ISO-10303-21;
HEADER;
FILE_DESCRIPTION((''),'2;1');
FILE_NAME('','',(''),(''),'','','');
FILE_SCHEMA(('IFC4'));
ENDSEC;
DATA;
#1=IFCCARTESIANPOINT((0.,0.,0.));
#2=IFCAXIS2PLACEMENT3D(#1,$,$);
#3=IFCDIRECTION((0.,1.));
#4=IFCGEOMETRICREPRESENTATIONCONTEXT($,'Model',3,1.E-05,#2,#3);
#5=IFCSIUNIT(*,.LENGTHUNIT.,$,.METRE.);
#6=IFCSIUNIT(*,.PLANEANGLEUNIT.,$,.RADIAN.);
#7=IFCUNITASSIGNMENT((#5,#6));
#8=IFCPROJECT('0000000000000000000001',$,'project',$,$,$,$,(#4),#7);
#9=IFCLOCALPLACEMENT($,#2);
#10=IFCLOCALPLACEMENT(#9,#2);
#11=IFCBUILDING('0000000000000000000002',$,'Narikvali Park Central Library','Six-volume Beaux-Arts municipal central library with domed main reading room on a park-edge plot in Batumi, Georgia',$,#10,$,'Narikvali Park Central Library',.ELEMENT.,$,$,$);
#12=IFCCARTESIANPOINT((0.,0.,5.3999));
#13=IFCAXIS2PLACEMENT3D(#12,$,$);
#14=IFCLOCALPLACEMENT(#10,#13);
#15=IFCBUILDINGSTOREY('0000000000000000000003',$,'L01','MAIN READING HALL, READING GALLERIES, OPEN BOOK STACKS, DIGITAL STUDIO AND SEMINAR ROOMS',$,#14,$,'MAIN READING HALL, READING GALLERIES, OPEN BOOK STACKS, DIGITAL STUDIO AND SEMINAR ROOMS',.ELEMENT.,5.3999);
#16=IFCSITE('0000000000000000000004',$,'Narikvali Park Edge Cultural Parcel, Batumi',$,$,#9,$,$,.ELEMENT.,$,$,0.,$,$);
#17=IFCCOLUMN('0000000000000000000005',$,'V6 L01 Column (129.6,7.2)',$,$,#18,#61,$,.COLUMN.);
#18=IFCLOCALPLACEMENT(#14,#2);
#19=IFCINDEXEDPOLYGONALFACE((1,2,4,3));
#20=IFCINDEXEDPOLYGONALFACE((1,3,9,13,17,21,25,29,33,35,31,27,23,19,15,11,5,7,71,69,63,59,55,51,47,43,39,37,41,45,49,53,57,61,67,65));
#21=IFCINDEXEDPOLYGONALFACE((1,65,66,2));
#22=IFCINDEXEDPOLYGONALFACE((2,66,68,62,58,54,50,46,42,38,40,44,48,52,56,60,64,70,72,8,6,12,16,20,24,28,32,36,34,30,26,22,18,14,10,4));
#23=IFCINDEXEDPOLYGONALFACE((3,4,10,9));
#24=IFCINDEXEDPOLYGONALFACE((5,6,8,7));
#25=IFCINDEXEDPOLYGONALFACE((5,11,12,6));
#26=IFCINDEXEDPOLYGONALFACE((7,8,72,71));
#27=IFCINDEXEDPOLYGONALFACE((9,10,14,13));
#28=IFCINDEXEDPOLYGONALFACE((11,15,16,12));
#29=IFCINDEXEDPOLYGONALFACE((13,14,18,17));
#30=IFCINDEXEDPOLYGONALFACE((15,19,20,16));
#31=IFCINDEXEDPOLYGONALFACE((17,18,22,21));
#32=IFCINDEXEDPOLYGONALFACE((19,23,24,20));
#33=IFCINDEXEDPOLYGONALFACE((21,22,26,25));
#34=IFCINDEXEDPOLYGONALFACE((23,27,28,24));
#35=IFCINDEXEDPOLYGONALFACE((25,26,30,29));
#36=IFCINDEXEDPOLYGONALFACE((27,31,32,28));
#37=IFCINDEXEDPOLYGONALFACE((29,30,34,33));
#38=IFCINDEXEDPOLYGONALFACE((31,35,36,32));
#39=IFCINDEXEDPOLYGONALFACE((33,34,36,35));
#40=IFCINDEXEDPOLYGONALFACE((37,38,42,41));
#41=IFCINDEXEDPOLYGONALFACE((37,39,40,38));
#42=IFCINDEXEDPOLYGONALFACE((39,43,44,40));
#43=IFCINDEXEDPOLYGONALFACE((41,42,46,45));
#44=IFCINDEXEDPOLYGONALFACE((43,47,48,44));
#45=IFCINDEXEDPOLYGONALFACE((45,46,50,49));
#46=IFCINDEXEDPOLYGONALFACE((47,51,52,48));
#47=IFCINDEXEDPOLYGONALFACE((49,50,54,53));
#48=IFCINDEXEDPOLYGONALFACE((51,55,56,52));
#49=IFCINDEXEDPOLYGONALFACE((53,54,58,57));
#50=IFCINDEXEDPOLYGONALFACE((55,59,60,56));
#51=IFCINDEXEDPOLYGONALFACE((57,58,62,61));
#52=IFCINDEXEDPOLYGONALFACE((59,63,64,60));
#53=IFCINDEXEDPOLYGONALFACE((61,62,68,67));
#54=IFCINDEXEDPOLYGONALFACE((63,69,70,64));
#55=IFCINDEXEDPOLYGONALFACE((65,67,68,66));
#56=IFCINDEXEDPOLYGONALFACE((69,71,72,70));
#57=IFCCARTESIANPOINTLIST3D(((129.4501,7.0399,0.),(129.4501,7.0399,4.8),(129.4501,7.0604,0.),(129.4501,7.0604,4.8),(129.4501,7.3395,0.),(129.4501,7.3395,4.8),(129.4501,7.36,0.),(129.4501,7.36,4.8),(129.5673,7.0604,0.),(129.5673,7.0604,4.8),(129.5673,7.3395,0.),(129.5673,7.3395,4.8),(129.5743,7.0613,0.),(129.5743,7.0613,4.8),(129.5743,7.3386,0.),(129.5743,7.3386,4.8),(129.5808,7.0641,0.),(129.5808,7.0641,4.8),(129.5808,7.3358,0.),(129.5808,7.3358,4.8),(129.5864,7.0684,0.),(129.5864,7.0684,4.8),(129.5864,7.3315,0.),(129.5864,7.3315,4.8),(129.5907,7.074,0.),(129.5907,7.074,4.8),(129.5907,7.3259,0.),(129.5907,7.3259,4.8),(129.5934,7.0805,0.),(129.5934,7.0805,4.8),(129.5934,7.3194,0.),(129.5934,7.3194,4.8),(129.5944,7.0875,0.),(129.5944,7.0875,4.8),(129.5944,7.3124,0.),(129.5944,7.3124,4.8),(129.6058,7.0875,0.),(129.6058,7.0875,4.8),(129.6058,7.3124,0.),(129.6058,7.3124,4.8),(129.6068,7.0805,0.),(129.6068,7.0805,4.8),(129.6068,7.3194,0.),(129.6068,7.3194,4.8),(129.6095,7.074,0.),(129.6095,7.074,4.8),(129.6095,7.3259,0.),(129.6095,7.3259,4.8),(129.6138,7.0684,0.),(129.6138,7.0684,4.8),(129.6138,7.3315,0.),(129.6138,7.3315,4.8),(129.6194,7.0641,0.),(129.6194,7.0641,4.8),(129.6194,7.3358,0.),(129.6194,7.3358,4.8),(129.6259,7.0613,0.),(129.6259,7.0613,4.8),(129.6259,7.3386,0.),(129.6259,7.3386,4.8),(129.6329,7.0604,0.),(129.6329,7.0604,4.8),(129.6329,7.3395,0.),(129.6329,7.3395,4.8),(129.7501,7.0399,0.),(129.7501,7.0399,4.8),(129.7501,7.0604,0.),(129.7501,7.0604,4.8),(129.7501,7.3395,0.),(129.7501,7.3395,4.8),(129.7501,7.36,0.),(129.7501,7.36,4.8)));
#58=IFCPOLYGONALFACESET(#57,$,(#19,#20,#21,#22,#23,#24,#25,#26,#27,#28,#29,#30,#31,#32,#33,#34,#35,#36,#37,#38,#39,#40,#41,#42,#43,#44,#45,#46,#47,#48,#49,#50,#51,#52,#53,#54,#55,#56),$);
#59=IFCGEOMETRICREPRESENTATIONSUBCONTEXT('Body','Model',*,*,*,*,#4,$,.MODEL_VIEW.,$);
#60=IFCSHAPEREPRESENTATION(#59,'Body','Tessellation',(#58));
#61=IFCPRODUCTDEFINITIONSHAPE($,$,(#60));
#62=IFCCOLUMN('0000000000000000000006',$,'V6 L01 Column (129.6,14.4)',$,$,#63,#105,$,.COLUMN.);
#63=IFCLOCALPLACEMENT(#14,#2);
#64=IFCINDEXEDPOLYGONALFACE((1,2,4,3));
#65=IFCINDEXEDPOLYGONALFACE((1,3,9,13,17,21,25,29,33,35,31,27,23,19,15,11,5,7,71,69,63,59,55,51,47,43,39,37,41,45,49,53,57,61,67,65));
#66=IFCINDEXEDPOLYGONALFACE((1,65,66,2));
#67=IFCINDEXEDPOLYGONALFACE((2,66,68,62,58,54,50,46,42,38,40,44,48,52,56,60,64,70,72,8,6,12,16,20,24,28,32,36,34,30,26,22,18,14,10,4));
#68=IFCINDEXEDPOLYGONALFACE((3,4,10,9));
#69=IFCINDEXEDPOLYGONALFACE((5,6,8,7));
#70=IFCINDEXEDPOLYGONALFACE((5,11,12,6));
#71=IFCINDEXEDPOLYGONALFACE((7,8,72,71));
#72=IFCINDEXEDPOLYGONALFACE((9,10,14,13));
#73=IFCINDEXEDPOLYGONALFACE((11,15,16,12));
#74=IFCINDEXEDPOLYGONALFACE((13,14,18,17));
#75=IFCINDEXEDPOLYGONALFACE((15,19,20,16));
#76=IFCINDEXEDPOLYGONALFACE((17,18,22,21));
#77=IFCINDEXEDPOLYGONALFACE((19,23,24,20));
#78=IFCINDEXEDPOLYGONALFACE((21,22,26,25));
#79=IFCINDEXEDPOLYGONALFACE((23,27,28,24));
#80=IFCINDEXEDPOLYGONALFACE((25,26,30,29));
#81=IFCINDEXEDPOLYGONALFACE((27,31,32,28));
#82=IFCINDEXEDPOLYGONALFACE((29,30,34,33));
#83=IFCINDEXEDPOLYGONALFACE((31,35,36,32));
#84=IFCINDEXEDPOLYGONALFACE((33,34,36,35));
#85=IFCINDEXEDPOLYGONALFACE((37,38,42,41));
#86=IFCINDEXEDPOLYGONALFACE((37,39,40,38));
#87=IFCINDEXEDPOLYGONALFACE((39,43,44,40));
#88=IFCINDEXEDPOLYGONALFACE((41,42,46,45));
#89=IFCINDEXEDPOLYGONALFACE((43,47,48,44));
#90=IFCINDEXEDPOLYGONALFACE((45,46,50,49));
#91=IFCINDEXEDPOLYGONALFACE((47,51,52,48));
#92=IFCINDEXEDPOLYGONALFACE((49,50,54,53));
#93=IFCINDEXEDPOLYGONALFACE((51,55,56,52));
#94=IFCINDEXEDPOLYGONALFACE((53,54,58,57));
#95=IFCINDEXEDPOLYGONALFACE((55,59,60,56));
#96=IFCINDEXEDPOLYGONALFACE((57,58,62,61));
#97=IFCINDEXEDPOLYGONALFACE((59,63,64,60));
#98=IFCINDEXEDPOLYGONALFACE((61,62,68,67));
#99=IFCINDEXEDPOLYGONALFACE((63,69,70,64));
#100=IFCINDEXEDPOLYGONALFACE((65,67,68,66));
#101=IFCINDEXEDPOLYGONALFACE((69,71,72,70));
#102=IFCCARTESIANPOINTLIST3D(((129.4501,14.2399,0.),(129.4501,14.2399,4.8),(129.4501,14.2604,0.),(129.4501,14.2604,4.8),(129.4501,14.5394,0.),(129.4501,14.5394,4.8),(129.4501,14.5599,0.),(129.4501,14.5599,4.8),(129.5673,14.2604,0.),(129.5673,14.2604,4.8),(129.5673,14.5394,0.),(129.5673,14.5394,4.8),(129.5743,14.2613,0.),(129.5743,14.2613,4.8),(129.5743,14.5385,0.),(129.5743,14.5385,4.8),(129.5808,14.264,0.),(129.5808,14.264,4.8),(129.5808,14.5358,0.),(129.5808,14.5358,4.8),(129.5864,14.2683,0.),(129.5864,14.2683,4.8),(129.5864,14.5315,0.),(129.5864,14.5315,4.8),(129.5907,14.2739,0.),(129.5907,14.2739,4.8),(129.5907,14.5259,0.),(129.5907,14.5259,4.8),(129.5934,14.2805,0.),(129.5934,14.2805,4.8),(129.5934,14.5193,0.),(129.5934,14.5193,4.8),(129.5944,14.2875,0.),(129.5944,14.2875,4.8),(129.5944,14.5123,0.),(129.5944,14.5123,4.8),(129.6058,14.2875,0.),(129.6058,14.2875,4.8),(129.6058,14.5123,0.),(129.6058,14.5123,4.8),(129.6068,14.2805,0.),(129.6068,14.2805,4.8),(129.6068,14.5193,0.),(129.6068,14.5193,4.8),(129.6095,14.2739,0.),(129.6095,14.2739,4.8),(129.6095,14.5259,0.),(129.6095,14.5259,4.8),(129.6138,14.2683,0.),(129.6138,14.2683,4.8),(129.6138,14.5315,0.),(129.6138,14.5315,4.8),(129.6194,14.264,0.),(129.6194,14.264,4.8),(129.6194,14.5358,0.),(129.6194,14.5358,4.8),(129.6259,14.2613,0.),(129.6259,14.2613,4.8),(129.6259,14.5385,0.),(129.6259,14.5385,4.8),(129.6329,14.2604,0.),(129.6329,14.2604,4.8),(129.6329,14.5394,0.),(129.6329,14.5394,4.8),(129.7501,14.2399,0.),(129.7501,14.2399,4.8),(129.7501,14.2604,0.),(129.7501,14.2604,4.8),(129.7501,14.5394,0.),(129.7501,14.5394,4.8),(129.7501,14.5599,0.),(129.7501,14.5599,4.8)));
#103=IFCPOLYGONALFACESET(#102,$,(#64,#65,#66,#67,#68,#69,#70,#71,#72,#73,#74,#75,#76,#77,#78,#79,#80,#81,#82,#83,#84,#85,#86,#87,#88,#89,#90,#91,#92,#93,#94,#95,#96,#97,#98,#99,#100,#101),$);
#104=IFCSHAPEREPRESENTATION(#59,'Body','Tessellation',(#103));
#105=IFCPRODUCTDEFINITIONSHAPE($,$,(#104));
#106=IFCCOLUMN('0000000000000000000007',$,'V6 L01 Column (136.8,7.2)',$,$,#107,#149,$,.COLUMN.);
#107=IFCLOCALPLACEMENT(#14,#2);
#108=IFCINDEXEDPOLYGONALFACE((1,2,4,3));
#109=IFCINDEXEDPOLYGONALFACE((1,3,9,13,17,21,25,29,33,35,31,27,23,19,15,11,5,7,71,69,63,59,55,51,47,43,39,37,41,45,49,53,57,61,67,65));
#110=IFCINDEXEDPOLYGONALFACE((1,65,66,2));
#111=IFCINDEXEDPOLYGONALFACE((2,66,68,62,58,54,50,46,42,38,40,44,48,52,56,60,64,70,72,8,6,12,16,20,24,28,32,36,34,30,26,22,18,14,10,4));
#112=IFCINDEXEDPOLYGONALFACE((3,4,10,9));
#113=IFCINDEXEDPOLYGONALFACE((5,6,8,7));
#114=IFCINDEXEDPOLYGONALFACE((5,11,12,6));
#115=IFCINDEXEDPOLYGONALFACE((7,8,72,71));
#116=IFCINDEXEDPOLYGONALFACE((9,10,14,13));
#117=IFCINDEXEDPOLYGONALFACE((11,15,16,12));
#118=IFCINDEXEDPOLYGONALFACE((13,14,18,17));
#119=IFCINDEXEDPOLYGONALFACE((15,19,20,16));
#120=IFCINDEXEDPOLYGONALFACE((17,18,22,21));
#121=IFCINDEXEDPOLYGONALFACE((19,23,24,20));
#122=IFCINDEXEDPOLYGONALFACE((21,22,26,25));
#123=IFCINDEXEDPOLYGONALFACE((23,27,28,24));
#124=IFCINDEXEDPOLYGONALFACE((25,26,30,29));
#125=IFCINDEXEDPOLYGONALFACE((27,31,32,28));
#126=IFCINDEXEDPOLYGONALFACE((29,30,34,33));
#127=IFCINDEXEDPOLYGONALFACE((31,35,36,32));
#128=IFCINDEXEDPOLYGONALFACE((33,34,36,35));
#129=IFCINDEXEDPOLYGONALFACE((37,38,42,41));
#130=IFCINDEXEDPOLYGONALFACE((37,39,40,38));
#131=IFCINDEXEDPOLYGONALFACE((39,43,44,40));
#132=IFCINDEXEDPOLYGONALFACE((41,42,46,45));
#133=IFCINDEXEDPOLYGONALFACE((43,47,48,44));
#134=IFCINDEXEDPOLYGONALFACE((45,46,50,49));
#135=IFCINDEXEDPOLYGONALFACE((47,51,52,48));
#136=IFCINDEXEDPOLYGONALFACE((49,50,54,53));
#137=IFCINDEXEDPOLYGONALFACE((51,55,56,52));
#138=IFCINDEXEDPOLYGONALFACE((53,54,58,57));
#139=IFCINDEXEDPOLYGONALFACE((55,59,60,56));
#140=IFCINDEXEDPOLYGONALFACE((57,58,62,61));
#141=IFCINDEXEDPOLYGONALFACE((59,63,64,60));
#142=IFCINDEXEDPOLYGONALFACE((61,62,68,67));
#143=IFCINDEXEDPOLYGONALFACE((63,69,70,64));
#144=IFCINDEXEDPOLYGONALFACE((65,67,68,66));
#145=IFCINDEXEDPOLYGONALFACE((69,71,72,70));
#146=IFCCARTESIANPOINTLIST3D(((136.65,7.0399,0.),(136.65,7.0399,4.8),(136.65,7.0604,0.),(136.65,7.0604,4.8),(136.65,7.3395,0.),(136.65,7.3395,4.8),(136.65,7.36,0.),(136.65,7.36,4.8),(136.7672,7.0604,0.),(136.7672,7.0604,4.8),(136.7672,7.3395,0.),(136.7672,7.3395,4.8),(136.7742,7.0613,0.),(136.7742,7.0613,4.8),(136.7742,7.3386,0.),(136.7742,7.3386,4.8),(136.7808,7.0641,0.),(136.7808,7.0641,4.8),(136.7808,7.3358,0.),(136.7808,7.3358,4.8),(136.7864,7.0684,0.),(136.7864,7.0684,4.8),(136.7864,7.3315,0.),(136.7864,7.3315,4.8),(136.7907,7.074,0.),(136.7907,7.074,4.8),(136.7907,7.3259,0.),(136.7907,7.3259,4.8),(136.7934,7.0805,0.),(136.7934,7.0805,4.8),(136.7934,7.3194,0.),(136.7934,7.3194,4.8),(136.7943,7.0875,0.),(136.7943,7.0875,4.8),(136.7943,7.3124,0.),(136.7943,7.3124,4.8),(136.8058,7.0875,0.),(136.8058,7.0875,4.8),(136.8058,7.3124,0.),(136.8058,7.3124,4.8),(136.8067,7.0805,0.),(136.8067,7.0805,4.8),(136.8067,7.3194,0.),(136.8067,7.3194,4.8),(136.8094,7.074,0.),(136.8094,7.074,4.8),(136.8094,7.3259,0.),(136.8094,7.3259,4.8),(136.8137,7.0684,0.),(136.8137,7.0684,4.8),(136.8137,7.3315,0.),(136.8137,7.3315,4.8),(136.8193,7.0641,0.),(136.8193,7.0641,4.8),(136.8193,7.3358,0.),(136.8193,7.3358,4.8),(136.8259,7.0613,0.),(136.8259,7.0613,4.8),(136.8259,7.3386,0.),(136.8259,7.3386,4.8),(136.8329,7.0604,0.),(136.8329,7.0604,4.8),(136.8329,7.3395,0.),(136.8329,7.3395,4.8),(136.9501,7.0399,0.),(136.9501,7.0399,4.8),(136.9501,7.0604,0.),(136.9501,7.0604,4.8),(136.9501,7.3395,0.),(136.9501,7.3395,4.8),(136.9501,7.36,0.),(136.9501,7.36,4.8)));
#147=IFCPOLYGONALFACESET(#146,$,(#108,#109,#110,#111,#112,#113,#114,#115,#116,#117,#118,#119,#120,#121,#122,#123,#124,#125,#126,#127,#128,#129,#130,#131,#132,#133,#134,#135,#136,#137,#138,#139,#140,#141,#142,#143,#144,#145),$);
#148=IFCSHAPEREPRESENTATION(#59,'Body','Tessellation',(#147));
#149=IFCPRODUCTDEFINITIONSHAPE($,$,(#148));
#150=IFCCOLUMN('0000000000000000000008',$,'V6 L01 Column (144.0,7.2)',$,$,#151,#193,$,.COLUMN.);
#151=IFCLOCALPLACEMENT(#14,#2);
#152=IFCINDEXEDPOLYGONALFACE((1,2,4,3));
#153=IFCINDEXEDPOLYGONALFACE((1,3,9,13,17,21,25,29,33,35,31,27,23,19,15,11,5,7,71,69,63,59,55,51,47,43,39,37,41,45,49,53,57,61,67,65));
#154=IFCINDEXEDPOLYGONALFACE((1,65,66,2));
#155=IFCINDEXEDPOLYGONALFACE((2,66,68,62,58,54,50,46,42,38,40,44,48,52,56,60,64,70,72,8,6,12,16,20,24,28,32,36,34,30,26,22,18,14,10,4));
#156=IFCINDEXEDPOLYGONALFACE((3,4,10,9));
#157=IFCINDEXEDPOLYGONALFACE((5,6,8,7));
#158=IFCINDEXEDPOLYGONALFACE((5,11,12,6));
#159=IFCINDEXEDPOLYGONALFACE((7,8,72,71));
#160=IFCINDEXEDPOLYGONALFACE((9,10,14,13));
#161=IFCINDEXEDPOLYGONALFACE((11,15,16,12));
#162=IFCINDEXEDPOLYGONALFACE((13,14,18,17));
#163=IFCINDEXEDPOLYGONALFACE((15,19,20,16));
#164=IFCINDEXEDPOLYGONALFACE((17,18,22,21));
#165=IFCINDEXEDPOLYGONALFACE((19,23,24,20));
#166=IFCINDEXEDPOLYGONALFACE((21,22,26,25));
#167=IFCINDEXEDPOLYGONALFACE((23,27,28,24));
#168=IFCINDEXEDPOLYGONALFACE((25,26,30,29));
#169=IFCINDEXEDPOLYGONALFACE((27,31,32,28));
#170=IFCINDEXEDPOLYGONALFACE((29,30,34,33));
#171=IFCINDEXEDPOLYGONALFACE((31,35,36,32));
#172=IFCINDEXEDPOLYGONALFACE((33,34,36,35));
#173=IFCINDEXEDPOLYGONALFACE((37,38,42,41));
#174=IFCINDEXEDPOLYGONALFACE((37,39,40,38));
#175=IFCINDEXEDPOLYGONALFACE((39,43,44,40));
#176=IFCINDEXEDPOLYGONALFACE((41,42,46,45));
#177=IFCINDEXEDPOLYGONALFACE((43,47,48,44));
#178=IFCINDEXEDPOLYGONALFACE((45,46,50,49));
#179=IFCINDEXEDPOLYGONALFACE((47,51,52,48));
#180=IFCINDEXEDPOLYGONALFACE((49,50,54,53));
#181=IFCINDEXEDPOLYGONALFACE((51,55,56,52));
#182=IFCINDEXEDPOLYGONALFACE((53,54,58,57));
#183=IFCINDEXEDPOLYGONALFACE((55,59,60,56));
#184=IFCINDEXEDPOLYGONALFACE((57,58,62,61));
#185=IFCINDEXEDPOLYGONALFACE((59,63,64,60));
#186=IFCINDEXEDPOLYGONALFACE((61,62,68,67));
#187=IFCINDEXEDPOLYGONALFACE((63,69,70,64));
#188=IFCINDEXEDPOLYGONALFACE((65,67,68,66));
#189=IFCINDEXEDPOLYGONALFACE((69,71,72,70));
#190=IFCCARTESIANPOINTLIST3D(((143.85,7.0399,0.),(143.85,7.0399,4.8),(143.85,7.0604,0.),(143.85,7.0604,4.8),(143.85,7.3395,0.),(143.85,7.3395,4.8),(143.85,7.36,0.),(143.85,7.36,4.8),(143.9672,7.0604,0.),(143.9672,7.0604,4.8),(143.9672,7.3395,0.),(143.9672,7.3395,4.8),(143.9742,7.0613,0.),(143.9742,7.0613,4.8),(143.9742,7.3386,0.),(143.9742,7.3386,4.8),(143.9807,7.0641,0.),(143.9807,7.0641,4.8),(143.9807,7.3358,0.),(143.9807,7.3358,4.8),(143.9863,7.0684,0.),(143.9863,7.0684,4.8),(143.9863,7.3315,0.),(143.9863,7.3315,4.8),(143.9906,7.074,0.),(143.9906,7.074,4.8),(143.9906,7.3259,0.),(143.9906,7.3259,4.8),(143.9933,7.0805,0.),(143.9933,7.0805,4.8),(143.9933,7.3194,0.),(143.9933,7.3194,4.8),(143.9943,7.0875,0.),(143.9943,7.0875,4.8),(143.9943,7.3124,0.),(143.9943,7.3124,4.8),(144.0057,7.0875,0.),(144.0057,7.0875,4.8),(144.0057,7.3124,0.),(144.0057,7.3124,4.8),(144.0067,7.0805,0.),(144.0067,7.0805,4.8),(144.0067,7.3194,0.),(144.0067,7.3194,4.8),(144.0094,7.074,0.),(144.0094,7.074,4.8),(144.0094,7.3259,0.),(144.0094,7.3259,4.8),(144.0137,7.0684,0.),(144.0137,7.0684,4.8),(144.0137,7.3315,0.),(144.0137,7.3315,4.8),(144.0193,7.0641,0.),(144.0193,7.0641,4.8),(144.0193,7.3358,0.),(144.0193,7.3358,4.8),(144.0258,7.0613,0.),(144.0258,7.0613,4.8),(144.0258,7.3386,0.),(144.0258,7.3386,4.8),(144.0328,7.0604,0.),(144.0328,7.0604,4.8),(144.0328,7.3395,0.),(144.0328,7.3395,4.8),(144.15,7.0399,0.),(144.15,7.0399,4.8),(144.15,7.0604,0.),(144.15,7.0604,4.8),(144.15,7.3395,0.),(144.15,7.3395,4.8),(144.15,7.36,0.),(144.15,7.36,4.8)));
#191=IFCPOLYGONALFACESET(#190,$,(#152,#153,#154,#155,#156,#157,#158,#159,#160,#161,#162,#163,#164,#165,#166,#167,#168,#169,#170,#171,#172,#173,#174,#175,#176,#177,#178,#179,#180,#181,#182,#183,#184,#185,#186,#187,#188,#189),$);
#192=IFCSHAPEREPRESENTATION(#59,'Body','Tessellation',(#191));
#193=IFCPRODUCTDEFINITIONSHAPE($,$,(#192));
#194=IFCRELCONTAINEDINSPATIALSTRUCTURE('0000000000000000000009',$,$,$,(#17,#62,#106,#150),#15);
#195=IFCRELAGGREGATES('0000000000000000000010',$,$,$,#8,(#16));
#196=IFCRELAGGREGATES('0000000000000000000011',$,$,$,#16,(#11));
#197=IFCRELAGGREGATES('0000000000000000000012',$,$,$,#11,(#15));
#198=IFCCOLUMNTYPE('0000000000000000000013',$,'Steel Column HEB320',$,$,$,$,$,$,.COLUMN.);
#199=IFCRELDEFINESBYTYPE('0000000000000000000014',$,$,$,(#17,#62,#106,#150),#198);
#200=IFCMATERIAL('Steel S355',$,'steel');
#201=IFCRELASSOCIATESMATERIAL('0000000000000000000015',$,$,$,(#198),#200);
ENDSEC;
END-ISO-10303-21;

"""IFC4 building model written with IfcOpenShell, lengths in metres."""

from ifc_helpers import new_model, si_unit, direction, frame, origin, origin_2d, place, context, subcontext, project, spatial, i_section, extrude, material, material_profile, profile_set, type_object, element, save


model = new_model("IFC4")

# Units and contexts
model_context = context("Model", 3, precision=1e-05, world=origin(), true_north=direction((0.0, 1.0)))
body_context = subcontext(model_context, "Body", "Model", "MODEL_VIEW")
ifc_project = project(units=[si_unit("LENGTHUNIT", "METRE"), si_unit("PLANEANGLEUNIT", "RADIAN")], contexts=[model_context])

# Site, building, storey
site_placement = place(None, origin())
site = spatial("IfcSite", under=ifc_project, at=site_placement, Name="Narikvali Park Edge Cultural Parcel, Batumi", CompositionType="ELEMENT", RefElevation=0.0)
building_placement = place(site_placement, origin())
building = spatial("IfcBuilding", under=site, at=building_placement, Name="Narikvali Park Central Library", Description="Six-volume Beaux-Arts municipal central library with domed main reading room on a park-edge plot in Batumi, Georgia", LongName="Narikvali Park Central Library", CompositionType="ELEMENT")
storey_placement = place(building_placement, frame((0.0, 0.0, 5.3999)))
storey = spatial("IfcBuildingStorey", under=building, at=storey_placement, Name="L01", Description="MAIN READING HALL, READING GALLERIES, OPEN BOOK STACKS, DIGITAL STUDIO AND SEMINAR ROOMS", LongName="MAIN READING HALL, READING GALLERIES, OPEN BOOK STACKS, DIGITAL STUDIO AND SEMINAR ROOMS", CompositionType="ELEMENT", Elevation=5.3999)

# Columns
ifc_material_1 = material(Name="Steel S355", Category="steel")
ifc_material_profile_1 = material_profile(ifc_material_1, i_section(OverallWidth=0.3, OverallDepth=0.3201, WebThickness=0.0115, FlangeThickness=0.0205, FilletRadius=0.0271, at=origin_2d()), Name="HEB 320")
ifc_profile_set_1 = profile_set([ifc_material_profile_1], Name="Steel S355")
column_type = type_object("IfcColumnType", Name="Steel Column HEB320", PredefinedType="COLUMN", material=ifc_profile_set_1)
for number, where, z_axis, x_axis, name in (
    (1, (129.6001, 7.2, 0.0), (0.0, 0.0, 1.0), (1.0, 0.0, 0.0), "V6 L01 Column (129.6,7.2)"),
    (2, (129.6001, 14.3999, 0.0), (0.0, 0.0, 1.0), (1.0, 0.0, 0.0), "V6 L01 Column (129.6,14.4)"),
    (3, (136.8, 7.2, 0.0), (0.0, 0.0, 1.0), (1.0, 0.0, 0.0), "V6 L01 Column (136.8,7.2)"),
    (4, (144.0, 7.2, 0.0), (0.0, 0.0, 1.0), (1.0, 0.0, 0.0), "V6 L01 Column (144.0,7.2)"),
):
    element("IfcColumn", number, at=place(storey_placement, frame(where, z_axis=z_axis, x_axis=x_axis)), inside=storey, type_object=column_type, Name=name, PredefinedType="COLUMN", context=body_context, shape_type="SweptSolid", body=[
        extrude(i_section(OverallWidth=0.3, OverallDepth=0.3201, WebThickness=0.0115, FlangeThickness=0.0205, FilletRadius=0.0271, at=origin_2d()), origin(), (0.0, 0.0, 1.0), 4.8),
    ])

save(model, "model.ifc")
